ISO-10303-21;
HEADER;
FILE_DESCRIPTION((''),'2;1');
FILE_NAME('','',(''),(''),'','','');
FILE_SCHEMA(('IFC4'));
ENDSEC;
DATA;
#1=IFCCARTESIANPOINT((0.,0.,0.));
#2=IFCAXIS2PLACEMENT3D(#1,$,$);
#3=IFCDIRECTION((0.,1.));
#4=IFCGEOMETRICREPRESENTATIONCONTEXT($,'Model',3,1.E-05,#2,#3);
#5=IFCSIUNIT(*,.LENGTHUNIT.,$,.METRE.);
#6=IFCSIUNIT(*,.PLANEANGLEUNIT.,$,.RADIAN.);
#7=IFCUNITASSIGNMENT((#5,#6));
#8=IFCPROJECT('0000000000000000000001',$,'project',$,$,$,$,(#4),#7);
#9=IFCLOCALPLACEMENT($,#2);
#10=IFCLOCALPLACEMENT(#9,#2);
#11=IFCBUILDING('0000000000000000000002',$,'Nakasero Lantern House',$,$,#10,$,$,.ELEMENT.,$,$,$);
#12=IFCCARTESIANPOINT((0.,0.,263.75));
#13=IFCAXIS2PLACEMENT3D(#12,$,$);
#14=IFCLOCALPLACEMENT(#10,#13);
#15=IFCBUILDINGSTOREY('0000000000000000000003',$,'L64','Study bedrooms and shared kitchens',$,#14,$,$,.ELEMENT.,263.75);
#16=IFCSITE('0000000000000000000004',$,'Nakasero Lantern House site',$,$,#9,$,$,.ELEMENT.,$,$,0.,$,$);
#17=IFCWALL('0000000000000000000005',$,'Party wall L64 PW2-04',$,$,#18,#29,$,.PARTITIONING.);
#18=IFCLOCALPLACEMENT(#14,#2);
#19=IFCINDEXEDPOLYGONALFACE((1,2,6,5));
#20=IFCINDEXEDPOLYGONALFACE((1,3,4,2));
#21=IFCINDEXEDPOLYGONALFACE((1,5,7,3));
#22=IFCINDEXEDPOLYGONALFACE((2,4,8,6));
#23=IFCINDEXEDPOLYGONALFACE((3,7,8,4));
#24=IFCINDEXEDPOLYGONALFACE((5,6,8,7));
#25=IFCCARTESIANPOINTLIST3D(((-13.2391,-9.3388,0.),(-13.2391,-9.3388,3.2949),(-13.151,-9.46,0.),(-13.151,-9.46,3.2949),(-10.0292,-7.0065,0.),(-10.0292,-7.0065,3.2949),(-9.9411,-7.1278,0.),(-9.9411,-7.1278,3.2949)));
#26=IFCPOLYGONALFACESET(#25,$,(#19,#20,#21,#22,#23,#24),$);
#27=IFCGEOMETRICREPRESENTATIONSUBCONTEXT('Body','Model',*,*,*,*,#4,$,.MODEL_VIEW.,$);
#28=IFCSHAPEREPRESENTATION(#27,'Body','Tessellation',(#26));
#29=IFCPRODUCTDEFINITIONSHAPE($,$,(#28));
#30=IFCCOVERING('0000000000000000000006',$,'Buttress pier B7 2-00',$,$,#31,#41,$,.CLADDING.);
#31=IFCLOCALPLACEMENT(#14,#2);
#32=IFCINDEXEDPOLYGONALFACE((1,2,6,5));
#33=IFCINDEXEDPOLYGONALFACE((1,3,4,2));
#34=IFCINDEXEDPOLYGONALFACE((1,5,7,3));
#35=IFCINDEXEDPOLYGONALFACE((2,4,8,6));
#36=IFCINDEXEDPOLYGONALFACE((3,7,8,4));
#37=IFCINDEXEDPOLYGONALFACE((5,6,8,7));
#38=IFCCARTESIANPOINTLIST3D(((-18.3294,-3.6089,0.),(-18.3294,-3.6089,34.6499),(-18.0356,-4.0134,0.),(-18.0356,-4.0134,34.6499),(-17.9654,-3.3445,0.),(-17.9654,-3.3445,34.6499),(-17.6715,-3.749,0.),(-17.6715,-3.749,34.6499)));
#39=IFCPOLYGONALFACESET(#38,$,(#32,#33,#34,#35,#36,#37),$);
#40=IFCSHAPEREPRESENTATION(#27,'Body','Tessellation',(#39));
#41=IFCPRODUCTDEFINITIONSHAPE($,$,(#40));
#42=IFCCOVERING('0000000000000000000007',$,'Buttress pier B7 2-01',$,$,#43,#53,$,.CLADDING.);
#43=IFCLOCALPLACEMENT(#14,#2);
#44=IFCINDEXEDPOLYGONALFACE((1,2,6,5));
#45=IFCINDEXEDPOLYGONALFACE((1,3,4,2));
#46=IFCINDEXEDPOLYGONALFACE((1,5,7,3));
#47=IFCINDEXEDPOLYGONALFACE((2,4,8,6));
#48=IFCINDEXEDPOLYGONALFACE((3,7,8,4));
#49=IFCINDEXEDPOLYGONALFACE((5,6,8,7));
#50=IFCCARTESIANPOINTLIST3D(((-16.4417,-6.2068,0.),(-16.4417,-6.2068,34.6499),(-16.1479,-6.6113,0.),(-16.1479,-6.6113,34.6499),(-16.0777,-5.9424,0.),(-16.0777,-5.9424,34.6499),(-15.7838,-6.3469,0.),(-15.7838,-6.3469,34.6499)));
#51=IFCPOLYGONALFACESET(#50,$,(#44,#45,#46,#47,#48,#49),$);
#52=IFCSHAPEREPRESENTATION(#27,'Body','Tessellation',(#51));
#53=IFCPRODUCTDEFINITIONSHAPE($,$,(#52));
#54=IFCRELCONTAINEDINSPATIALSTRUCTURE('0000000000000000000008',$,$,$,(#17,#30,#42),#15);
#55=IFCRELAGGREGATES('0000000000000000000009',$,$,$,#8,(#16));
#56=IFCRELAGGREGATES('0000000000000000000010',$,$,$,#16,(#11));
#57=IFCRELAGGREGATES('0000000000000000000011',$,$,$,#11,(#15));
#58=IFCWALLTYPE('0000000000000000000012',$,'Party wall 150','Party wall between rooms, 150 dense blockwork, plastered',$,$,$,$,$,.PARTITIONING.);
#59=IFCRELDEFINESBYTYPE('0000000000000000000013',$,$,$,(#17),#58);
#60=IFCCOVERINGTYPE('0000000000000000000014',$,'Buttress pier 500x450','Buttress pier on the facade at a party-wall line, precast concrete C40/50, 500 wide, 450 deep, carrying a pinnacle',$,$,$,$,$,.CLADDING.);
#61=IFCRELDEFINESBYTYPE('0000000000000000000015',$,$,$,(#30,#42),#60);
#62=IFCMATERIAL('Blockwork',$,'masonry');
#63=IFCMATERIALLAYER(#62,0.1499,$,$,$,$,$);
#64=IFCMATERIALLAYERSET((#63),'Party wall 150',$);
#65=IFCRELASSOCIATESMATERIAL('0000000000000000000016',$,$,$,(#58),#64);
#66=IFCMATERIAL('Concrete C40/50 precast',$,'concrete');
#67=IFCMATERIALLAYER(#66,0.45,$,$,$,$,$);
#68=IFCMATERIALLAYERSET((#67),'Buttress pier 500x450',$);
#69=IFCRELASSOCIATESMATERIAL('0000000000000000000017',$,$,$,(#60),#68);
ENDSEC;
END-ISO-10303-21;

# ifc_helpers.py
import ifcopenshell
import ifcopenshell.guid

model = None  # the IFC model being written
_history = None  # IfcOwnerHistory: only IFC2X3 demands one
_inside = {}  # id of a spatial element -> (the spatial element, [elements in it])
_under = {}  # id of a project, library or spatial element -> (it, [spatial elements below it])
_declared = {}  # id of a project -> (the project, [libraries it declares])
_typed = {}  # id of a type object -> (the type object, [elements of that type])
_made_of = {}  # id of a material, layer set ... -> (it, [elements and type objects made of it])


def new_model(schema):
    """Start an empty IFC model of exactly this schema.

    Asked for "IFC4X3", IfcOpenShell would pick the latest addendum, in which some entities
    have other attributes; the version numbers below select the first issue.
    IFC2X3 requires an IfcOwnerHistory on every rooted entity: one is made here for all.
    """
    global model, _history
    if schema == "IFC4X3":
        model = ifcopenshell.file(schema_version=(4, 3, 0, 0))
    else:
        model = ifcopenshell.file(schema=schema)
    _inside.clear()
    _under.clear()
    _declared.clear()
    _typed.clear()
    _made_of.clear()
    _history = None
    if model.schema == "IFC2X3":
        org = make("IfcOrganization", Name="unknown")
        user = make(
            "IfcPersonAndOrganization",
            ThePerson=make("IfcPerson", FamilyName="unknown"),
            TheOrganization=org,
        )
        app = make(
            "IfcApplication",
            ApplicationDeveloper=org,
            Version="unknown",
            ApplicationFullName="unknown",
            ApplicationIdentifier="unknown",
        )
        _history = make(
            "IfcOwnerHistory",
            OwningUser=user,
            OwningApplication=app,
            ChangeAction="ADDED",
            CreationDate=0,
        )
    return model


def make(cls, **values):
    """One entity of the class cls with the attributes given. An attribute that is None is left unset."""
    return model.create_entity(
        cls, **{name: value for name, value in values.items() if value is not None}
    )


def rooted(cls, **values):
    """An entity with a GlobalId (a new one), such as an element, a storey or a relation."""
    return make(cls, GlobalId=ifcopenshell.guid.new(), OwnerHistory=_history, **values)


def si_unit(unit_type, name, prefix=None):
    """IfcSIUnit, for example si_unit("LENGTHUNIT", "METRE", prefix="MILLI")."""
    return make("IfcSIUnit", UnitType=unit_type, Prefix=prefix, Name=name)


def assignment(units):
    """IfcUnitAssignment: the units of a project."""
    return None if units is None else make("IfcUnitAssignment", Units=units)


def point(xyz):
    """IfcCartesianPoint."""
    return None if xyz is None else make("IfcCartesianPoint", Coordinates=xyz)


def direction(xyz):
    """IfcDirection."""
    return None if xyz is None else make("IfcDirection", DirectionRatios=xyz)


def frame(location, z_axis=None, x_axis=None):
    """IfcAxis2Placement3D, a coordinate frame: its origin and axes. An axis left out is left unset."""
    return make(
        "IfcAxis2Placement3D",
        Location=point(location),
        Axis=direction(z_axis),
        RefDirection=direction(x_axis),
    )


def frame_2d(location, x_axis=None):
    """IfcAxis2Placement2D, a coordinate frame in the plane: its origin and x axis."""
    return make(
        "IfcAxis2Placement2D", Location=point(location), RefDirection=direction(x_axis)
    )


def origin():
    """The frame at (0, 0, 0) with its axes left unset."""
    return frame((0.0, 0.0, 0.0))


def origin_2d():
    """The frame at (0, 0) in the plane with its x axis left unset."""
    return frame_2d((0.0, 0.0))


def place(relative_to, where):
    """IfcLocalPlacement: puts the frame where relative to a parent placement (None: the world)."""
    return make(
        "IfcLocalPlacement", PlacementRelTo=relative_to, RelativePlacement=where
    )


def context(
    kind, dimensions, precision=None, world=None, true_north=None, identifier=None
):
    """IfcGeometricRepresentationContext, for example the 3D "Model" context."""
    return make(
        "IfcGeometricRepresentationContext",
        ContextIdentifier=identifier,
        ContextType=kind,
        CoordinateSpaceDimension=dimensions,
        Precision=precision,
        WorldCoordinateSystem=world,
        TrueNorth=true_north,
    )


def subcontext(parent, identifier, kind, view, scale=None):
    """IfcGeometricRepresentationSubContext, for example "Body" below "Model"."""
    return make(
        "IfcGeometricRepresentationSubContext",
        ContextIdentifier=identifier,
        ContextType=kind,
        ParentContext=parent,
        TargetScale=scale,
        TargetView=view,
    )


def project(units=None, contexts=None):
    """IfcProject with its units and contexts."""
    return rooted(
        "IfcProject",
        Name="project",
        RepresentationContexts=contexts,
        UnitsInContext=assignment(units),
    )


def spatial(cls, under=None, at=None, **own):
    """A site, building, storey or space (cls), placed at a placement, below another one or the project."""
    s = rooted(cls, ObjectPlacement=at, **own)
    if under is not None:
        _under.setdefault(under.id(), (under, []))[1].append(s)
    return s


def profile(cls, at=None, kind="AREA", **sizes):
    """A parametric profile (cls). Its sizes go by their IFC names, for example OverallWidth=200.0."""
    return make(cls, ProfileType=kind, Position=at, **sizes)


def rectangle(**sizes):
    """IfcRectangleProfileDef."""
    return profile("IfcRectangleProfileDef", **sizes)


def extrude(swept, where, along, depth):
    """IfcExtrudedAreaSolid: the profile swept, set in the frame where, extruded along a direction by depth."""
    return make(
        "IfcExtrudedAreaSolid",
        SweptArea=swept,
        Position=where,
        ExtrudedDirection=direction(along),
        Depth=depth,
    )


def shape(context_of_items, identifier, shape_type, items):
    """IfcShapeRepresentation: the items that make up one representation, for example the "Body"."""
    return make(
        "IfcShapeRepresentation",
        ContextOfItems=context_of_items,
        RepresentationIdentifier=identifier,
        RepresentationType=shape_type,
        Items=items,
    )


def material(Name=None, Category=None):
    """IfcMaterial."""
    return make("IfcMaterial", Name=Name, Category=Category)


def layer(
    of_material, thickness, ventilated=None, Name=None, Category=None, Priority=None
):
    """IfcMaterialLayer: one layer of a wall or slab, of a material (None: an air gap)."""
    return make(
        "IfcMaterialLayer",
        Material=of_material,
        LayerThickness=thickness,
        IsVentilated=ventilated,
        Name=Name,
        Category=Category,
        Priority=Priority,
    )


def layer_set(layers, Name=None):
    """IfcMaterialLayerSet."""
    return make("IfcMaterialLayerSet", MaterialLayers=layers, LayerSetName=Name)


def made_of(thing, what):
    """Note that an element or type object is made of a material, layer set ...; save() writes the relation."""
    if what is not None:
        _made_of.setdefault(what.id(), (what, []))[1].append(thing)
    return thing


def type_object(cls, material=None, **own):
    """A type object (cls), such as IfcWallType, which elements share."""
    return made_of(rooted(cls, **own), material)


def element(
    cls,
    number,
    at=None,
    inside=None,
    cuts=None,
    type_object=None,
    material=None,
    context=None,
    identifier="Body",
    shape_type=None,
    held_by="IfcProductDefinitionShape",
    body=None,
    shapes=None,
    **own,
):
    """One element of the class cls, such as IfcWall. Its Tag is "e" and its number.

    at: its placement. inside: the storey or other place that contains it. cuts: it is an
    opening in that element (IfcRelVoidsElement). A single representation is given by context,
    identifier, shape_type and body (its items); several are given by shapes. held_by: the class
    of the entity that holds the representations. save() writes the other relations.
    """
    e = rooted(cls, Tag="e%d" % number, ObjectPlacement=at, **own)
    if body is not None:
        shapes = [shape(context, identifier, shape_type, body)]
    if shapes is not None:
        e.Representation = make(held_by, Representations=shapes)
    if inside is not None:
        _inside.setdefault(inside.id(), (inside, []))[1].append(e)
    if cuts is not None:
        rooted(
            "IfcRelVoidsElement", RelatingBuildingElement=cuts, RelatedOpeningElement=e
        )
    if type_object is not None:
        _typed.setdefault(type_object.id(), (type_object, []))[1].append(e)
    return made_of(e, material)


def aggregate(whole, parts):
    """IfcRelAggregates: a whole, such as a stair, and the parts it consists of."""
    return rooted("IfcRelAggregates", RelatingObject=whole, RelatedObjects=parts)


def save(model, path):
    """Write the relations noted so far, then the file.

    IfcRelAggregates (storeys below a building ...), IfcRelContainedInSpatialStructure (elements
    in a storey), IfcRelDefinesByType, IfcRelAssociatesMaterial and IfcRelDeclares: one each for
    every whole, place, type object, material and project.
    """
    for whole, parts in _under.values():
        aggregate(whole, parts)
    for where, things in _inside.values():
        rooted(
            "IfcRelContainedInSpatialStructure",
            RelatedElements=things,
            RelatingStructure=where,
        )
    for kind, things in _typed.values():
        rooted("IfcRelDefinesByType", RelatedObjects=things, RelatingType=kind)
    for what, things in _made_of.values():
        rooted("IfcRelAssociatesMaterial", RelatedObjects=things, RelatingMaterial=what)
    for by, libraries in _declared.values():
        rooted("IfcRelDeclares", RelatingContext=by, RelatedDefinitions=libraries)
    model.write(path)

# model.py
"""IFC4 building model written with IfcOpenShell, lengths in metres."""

from ifc_helpers import new_model, si_unit, direction, frame, frame_2d, origin, origin_2d, place, context, subcontext, project, spatial, rectangle, extrude, material, layer, layer_set, type_object, element, save


model = new_model("IFC4")

# Units and contexts
model_context = context("Model", 3, precision=1e-05, world=origin(), true_north=direction((0.0, 1.0)))
body_context = subcontext(model_context, "Body", "Model", "MODEL_VIEW")
ifc_project = project(units=[si_unit("LENGTHUNIT", "METRE"), si_unit("PLANEANGLEUNIT", "RADIAN")], contexts=[model_context])

# Site, building, storey
site_placement = place(None, origin())
site = spatial("IfcSite", under=ifc_project, at=site_placement, Name="Nakasero Lantern House site", CompositionType="ELEMENT", RefElevation=0.0)
building_placement = place(site_placement, origin())
building = spatial("IfcBuilding", under=site, at=building_placement, Name="Nakasero Lantern House", CompositionType="ELEMENT")
storey_placement = place(building_placement, frame((0.0, 0.0, 263.75)))
storey = spatial("IfcBuildingStorey", under=building, at=storey_placement, Name="L64", Description="Study bedrooms and shared kitchens", CompositionType="ELEMENT", Elevation=263.75)

# Wall
ifc_material_1 = material(Name="Blockwork", Category="masonry")
ifc_layer_1 = layer(ifc_material_1, 0.1499)
ifc_layer_set_1 = layer_set([ifc_layer_1], Name="Party wall 150")
wall_type_1 = type_object("IfcWallType", Name="Party wall 150", Description="Party wall between rooms, 150 dense blockwork, plastered", PredefinedType="PARTITIONING", material=ifc_layer_set_1)
wall_1_placement = place(storey_placement, frame((-9.9851, -7.0671, 0.0), z_axis=(0.0, 0.0, 1.0), x_axis=(-0.809005, -0.587802, 0.0)))
element("IfcWall", 1, at=wall_1_placement, inside=storey, type_object=wall_type_1, Name="Party wall L64 PW2-04", PredefinedType="PARTITIONING", context=body_context, shape_type="SweptSolid", body=[
    extrude(rectangle(XDim=3.9678, YDim=0.1499, at=frame_2d((1.9839, 0.0))), origin(), (0.0, 0.0, 1.0), 3.2949),
])

# Coverings
ifc_material_2 = material(Name="Concrete C40/50 precast", Category="concrete")
ifc_layer_2 = layer(ifc_material_2, 0.45)
ifc_layer_set_2 = layer_set([ifc_layer_2], Name="Buttress pier 500x450")
covering_type = type_object("IfcCoveringType", Name="Buttress pier 500x450", Description="Buttress pier on the facade at a party-wall line, precast concrete C40/50, 500 wide, 450 deep, carrying a pinnacle", PredefinedType="CLADDING", material=ifc_layer_set_2)
for number, where, z_axis, x_axis, name in (
    (2, (-18.0005, -3.679, 0.0), (0.0, 0.0, 1.0), (-0.809017, -0.587785, 0.0), "Buttress pier B7 2-00"),
    (3, (-16.1128, -6.2769, 0.0), (0.0, 0.0, 1.0), (-0.809017, -0.587785, 0.0), "Buttress pier B7 2-01"),
):
    element("IfcCovering", number, at=place(storey_placement, frame(where, z_axis=z_axis, x_axis=x_axis)), inside=storey, type_object=covering_type, Name=name, PredefinedType="CLADDING", context=body_context, shape_type="SweptSolid", body=[
        extrude(rectangle(XDim=0.45, YDim=0.5, at=origin_2d()), origin(), (0.0, 0.0, 1.0), 34.6499),
    ])

save(model, "model.ifc")
